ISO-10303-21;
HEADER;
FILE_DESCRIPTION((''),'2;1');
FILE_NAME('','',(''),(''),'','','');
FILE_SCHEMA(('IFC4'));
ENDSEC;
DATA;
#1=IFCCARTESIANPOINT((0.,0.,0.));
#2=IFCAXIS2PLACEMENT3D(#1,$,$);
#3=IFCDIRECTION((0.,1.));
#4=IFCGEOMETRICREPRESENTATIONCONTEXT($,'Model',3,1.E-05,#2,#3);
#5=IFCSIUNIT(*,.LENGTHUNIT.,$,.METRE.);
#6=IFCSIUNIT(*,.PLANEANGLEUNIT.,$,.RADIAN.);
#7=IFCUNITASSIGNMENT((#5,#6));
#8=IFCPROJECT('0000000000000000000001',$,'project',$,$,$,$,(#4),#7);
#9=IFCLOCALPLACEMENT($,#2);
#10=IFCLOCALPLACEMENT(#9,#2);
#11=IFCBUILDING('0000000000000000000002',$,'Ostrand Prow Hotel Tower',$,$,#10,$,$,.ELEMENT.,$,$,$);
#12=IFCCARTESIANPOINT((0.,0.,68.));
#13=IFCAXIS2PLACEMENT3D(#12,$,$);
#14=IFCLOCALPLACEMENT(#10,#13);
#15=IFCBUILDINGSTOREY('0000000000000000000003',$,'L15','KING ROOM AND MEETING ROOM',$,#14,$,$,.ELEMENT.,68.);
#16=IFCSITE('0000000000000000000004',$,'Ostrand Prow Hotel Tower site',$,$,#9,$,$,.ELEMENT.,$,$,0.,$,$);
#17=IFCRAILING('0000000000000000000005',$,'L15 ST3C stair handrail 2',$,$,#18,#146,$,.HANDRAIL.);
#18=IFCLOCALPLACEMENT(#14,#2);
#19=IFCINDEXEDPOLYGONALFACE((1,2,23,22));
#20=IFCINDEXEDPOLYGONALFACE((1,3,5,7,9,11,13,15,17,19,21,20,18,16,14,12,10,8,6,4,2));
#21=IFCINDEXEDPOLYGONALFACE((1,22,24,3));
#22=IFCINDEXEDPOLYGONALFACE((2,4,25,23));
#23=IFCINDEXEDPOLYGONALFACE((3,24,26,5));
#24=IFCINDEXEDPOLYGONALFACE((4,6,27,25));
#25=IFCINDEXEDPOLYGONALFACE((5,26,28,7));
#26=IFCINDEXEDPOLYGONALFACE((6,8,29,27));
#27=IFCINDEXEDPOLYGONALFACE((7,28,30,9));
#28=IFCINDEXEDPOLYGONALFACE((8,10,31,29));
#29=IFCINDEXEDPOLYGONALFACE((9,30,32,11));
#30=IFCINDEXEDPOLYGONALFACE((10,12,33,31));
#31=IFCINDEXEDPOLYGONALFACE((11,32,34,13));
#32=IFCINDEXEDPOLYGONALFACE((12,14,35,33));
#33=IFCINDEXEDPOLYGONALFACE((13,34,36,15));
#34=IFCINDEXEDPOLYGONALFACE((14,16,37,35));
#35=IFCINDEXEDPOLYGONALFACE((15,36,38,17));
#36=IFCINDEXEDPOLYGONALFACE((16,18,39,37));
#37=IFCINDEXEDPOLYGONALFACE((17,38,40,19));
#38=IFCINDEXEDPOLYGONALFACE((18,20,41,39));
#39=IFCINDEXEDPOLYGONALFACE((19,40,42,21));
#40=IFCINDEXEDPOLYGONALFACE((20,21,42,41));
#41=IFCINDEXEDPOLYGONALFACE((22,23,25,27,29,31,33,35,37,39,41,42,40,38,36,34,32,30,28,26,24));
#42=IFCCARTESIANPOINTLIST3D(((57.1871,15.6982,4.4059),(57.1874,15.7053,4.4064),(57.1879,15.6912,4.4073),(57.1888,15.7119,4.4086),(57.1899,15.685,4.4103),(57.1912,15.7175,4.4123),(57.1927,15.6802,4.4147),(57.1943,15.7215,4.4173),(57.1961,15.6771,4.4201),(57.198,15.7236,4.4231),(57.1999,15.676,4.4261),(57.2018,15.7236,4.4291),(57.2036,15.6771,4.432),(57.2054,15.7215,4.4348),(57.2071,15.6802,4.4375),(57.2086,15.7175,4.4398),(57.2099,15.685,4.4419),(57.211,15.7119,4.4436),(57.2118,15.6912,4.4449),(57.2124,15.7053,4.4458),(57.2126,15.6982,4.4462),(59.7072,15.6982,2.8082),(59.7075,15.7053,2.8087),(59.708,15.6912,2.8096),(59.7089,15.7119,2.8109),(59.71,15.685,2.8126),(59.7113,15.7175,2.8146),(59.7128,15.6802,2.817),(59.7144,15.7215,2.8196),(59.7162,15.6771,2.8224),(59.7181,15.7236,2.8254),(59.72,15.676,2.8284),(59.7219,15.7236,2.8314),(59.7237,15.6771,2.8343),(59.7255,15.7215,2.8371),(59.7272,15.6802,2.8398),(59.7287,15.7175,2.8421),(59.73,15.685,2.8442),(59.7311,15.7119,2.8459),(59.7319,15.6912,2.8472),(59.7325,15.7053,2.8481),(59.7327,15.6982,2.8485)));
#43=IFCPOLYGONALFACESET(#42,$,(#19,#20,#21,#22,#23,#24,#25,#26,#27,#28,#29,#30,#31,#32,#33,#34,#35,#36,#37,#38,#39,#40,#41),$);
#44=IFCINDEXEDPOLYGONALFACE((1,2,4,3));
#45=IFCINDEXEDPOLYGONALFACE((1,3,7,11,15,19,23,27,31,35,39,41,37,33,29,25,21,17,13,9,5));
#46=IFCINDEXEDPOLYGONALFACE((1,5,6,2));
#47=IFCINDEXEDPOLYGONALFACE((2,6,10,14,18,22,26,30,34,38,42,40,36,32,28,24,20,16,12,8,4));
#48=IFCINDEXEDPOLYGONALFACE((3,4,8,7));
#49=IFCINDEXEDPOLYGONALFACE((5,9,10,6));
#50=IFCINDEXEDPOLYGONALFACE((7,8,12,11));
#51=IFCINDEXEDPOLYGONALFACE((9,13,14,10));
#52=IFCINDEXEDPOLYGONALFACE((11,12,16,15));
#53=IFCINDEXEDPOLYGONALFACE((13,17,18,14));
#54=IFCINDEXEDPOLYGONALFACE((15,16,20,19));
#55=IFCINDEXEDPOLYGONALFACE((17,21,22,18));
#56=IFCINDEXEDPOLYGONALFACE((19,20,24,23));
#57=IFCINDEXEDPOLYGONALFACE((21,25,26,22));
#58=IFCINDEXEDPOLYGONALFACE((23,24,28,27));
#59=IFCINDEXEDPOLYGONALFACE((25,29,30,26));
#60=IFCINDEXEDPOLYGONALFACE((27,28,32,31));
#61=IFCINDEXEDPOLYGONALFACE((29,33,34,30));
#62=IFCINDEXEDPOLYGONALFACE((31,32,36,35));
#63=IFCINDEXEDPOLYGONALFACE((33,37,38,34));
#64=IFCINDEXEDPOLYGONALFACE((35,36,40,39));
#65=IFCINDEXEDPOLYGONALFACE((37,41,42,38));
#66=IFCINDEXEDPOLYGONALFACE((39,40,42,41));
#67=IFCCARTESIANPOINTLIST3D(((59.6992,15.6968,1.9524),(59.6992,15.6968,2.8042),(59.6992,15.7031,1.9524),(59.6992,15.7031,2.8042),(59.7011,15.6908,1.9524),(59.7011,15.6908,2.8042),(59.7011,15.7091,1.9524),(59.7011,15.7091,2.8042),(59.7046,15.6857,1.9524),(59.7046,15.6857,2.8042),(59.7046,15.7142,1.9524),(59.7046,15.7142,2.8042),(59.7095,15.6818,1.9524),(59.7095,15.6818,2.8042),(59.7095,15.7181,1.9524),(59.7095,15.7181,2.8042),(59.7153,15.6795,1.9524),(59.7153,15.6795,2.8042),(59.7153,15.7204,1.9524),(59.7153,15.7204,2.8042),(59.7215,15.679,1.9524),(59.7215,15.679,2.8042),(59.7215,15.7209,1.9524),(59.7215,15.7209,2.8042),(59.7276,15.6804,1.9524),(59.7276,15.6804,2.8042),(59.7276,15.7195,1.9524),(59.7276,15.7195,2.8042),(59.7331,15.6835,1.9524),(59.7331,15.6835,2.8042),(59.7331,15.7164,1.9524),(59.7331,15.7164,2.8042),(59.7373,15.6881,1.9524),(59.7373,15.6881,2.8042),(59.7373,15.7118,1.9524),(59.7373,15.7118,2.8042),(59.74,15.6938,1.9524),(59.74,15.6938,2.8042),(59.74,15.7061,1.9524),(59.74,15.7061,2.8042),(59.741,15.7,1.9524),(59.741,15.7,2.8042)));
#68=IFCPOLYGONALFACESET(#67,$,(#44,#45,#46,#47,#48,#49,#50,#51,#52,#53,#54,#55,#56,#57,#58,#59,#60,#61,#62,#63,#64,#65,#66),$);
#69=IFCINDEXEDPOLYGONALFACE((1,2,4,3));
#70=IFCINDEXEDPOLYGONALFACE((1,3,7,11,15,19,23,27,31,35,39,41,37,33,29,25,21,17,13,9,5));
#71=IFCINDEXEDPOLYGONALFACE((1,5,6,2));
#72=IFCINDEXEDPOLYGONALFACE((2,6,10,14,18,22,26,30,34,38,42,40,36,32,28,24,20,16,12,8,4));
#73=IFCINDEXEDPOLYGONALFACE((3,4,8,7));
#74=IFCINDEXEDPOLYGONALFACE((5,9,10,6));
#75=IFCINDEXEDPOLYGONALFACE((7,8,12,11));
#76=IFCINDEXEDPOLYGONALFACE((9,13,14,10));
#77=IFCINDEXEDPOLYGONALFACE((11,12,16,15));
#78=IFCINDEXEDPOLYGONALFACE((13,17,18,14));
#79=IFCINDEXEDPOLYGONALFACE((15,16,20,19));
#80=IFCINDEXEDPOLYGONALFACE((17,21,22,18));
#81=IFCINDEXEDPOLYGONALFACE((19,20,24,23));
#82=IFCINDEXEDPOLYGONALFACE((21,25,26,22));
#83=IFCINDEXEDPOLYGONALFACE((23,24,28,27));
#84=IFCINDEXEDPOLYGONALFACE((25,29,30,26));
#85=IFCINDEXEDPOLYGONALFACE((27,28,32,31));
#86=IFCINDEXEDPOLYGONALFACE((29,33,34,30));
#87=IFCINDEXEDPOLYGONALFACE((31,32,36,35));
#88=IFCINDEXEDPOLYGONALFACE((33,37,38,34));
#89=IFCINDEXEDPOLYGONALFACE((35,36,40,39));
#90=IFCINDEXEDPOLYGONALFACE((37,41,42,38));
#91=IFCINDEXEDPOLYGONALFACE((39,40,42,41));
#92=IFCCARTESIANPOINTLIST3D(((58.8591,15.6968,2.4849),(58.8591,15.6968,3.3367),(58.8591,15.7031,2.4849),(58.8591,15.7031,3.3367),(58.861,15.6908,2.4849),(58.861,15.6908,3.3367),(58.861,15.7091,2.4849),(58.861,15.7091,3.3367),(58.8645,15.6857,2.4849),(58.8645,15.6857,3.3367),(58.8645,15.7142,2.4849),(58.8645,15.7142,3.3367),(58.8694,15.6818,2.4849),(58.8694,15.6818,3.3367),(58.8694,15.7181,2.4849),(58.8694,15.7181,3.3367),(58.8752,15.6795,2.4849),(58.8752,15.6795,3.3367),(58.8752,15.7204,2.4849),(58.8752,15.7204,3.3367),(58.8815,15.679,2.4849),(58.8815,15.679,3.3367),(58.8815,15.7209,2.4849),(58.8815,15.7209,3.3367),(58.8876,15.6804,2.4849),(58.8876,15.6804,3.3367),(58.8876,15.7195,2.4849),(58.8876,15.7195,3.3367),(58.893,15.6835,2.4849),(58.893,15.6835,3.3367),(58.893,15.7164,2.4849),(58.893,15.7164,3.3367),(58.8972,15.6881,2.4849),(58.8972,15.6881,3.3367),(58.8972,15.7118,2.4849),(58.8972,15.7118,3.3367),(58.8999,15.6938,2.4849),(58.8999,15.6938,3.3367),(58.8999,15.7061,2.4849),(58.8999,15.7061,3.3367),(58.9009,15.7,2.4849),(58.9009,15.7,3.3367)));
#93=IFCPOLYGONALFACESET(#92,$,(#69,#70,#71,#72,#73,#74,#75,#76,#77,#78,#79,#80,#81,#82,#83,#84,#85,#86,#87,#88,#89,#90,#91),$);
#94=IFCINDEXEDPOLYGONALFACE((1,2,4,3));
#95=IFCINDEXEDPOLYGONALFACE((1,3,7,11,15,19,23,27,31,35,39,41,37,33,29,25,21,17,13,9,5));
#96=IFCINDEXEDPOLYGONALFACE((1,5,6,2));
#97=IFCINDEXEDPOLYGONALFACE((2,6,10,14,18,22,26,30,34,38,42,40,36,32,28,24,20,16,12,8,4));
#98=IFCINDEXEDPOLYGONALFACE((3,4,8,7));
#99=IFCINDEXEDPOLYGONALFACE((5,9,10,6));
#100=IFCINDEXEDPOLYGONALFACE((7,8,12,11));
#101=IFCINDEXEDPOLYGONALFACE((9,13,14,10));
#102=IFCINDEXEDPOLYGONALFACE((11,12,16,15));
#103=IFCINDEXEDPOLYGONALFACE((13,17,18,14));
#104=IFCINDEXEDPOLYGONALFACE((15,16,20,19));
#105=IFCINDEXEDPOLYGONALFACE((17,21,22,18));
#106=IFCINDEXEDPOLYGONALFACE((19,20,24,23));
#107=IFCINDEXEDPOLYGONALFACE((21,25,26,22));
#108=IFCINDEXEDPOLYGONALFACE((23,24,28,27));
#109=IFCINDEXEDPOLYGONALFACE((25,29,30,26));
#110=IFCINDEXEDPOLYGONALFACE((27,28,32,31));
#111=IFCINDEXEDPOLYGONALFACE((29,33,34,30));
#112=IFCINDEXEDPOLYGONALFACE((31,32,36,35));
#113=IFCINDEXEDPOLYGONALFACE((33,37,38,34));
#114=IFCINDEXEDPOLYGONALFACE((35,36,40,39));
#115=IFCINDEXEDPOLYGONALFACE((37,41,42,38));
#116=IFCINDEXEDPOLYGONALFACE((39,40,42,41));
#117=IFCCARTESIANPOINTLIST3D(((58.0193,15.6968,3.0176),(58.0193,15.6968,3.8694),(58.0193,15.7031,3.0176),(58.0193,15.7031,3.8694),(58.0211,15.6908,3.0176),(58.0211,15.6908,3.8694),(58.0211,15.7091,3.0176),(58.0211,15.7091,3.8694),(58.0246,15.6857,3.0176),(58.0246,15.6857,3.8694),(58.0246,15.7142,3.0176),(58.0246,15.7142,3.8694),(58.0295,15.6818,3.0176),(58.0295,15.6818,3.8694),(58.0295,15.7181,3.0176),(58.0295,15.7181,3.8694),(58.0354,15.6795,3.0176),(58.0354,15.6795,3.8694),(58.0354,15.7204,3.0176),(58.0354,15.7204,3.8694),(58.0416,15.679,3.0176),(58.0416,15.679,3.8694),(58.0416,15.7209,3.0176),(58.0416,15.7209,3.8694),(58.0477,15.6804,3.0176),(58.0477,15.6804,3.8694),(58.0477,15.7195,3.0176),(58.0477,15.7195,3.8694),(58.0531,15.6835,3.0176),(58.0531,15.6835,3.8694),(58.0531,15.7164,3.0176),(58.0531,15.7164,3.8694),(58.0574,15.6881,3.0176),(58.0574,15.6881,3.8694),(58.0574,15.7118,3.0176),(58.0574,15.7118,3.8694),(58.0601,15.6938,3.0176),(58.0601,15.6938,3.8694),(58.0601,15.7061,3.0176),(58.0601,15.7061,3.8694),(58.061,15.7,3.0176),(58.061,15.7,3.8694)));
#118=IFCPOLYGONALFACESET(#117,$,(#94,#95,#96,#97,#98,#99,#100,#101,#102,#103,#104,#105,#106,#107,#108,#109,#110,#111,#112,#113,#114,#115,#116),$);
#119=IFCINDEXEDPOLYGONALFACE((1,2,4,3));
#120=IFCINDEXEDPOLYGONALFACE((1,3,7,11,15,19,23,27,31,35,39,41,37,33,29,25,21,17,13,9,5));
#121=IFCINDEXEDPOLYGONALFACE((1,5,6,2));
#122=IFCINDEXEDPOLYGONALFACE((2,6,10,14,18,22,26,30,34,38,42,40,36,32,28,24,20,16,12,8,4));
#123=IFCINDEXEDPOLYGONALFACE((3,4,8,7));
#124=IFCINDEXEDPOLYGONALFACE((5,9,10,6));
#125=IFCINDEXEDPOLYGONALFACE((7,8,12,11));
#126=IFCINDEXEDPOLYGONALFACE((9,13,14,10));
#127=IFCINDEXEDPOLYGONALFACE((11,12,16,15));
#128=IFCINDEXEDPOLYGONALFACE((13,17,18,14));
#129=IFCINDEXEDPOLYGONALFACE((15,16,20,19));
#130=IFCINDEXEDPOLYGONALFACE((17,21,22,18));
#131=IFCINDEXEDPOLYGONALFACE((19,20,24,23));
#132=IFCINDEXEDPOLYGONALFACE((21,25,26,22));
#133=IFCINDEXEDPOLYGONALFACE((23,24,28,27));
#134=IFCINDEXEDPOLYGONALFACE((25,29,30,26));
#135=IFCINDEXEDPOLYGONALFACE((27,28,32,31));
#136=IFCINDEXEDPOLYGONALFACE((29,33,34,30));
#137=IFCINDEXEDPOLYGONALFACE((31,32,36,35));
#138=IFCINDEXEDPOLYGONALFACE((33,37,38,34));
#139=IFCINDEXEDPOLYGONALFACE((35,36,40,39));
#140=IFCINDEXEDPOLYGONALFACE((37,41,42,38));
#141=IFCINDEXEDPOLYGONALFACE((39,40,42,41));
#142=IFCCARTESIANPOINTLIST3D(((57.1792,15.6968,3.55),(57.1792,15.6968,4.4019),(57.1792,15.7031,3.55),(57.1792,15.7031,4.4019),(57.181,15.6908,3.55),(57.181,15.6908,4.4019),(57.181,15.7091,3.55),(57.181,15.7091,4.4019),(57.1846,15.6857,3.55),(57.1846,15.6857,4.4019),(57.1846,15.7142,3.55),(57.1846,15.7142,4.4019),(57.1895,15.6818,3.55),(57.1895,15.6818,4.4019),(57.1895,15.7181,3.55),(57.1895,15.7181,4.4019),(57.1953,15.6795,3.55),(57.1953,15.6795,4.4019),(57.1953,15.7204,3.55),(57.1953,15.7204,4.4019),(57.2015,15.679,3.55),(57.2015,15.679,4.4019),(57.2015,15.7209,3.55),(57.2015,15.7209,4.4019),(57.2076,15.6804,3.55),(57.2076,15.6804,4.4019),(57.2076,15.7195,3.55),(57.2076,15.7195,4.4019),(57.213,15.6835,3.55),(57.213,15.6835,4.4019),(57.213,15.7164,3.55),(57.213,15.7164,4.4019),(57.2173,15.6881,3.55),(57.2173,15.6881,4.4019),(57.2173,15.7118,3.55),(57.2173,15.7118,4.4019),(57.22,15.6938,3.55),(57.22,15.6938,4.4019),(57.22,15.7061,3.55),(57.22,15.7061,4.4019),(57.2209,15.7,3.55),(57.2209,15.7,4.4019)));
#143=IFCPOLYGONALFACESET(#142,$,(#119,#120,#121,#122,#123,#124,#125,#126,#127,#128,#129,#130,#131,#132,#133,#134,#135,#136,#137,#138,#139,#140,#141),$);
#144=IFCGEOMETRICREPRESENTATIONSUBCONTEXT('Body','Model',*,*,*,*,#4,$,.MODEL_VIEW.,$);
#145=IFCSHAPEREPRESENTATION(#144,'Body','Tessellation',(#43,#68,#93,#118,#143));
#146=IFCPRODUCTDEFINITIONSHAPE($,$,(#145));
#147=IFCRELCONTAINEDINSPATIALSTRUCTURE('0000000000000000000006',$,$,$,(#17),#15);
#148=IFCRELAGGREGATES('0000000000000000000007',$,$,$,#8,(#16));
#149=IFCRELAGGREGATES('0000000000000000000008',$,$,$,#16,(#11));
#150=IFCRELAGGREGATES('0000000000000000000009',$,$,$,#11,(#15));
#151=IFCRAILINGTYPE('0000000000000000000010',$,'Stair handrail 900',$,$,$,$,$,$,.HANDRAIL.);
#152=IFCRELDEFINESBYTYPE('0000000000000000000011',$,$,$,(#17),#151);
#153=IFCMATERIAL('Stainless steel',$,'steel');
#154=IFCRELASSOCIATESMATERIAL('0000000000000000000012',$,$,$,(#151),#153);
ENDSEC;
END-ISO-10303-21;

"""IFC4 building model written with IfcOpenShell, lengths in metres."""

from ifc_helpers import new_model, si_unit, direction, frame, origin, origin_2d, place, context, subcontext, project, spatial, circle, extrude, material, type_object, element, save


model = new_model("IFC4")

# Units and contexts
model_context = context("Model", 3, precision=1e-05, world=origin(), true_north=direction((0.0, 1.0)))
body_context = subcontext(model_context, "Body", "Model", "MODEL_VIEW")
ifc_project = project(units=[si_unit("LENGTHUNIT", "METRE"), si_unit("PLANEANGLEUNIT", "RADIAN")], contexts=[model_context])

# Site, building, storey
site_placement = place(None, origin())
site = spatial("IfcSite", under=ifc_project, at=site_placement, Name="Ostrand Prow Hotel Tower site", CompositionType="ELEMENT", RefElevation=0.0)
building_placement = place(site_placement, origin())
building = spatial("IfcBuilding", under=site, at=building_placement, Name="Ostrand Prow Hotel Tower", CompositionType="ELEMENT")
storey_placement = place(building_placement, frame((0.0, 0.0, 68.0)))
storey = spatial("IfcBuildingStorey", under=building, at=storey_placement, Name="L15", Description="KING ROOM AND MEETING ROOM", CompositionType="ELEMENT", Elevation=68.0)

# Railing
ifc_material_1 = material(Name="Stainless steel", Category="steel")
railing_type_1 = type_object("IfcRailingType", Name="Stair handrail 900", PredefinedType="HANDRAIL", material=ifc_material_1)
railing_1_placement = place(storey_placement, frame((59.72, 15.7, 1.9524)))
element("IfcRailing", 1, at=railing_1_placement, inside=storey, type_object=railing_type_1, Name="L15 ST3C stair handrail 2", PredefinedType="HANDRAIL", context=body_context, shape_type="SweptSolid", body=[
    extrude(circle(Radius=0.0239, at=origin_2d()), frame((0.0, 0.0, 0.876), z_axis=(-0.84457, 0.0, 0.535445), x_axis=(0.0, -1.0, 0.0)), (0.0, 0.0, 1.0), 2.9839),
    extrude(circle(Radius=0.021, at=origin_2d()), origin(), (0.0, 0.0, 1.0), 0.8518),
    extrude(circle(Radius=0.021, at=origin_2d()), frame((-0.8401, 0.0, 0.5325)), (0.0, 0.0, 1.0), 0.8518),
    extrude(circle(Radius=0.021, at=origin_2d()), frame((-1.6799, 0.0, 1.0652)), (0.0, 0.0, 1.0), 0.8518),
    extrude(circle(Radius=0.021, at=origin_2d()), frame((-2.52, 0.0, 1.5977)), (0.0, 0.0, 1.0), 0.8518),
])

save(model, "model.ifc")
